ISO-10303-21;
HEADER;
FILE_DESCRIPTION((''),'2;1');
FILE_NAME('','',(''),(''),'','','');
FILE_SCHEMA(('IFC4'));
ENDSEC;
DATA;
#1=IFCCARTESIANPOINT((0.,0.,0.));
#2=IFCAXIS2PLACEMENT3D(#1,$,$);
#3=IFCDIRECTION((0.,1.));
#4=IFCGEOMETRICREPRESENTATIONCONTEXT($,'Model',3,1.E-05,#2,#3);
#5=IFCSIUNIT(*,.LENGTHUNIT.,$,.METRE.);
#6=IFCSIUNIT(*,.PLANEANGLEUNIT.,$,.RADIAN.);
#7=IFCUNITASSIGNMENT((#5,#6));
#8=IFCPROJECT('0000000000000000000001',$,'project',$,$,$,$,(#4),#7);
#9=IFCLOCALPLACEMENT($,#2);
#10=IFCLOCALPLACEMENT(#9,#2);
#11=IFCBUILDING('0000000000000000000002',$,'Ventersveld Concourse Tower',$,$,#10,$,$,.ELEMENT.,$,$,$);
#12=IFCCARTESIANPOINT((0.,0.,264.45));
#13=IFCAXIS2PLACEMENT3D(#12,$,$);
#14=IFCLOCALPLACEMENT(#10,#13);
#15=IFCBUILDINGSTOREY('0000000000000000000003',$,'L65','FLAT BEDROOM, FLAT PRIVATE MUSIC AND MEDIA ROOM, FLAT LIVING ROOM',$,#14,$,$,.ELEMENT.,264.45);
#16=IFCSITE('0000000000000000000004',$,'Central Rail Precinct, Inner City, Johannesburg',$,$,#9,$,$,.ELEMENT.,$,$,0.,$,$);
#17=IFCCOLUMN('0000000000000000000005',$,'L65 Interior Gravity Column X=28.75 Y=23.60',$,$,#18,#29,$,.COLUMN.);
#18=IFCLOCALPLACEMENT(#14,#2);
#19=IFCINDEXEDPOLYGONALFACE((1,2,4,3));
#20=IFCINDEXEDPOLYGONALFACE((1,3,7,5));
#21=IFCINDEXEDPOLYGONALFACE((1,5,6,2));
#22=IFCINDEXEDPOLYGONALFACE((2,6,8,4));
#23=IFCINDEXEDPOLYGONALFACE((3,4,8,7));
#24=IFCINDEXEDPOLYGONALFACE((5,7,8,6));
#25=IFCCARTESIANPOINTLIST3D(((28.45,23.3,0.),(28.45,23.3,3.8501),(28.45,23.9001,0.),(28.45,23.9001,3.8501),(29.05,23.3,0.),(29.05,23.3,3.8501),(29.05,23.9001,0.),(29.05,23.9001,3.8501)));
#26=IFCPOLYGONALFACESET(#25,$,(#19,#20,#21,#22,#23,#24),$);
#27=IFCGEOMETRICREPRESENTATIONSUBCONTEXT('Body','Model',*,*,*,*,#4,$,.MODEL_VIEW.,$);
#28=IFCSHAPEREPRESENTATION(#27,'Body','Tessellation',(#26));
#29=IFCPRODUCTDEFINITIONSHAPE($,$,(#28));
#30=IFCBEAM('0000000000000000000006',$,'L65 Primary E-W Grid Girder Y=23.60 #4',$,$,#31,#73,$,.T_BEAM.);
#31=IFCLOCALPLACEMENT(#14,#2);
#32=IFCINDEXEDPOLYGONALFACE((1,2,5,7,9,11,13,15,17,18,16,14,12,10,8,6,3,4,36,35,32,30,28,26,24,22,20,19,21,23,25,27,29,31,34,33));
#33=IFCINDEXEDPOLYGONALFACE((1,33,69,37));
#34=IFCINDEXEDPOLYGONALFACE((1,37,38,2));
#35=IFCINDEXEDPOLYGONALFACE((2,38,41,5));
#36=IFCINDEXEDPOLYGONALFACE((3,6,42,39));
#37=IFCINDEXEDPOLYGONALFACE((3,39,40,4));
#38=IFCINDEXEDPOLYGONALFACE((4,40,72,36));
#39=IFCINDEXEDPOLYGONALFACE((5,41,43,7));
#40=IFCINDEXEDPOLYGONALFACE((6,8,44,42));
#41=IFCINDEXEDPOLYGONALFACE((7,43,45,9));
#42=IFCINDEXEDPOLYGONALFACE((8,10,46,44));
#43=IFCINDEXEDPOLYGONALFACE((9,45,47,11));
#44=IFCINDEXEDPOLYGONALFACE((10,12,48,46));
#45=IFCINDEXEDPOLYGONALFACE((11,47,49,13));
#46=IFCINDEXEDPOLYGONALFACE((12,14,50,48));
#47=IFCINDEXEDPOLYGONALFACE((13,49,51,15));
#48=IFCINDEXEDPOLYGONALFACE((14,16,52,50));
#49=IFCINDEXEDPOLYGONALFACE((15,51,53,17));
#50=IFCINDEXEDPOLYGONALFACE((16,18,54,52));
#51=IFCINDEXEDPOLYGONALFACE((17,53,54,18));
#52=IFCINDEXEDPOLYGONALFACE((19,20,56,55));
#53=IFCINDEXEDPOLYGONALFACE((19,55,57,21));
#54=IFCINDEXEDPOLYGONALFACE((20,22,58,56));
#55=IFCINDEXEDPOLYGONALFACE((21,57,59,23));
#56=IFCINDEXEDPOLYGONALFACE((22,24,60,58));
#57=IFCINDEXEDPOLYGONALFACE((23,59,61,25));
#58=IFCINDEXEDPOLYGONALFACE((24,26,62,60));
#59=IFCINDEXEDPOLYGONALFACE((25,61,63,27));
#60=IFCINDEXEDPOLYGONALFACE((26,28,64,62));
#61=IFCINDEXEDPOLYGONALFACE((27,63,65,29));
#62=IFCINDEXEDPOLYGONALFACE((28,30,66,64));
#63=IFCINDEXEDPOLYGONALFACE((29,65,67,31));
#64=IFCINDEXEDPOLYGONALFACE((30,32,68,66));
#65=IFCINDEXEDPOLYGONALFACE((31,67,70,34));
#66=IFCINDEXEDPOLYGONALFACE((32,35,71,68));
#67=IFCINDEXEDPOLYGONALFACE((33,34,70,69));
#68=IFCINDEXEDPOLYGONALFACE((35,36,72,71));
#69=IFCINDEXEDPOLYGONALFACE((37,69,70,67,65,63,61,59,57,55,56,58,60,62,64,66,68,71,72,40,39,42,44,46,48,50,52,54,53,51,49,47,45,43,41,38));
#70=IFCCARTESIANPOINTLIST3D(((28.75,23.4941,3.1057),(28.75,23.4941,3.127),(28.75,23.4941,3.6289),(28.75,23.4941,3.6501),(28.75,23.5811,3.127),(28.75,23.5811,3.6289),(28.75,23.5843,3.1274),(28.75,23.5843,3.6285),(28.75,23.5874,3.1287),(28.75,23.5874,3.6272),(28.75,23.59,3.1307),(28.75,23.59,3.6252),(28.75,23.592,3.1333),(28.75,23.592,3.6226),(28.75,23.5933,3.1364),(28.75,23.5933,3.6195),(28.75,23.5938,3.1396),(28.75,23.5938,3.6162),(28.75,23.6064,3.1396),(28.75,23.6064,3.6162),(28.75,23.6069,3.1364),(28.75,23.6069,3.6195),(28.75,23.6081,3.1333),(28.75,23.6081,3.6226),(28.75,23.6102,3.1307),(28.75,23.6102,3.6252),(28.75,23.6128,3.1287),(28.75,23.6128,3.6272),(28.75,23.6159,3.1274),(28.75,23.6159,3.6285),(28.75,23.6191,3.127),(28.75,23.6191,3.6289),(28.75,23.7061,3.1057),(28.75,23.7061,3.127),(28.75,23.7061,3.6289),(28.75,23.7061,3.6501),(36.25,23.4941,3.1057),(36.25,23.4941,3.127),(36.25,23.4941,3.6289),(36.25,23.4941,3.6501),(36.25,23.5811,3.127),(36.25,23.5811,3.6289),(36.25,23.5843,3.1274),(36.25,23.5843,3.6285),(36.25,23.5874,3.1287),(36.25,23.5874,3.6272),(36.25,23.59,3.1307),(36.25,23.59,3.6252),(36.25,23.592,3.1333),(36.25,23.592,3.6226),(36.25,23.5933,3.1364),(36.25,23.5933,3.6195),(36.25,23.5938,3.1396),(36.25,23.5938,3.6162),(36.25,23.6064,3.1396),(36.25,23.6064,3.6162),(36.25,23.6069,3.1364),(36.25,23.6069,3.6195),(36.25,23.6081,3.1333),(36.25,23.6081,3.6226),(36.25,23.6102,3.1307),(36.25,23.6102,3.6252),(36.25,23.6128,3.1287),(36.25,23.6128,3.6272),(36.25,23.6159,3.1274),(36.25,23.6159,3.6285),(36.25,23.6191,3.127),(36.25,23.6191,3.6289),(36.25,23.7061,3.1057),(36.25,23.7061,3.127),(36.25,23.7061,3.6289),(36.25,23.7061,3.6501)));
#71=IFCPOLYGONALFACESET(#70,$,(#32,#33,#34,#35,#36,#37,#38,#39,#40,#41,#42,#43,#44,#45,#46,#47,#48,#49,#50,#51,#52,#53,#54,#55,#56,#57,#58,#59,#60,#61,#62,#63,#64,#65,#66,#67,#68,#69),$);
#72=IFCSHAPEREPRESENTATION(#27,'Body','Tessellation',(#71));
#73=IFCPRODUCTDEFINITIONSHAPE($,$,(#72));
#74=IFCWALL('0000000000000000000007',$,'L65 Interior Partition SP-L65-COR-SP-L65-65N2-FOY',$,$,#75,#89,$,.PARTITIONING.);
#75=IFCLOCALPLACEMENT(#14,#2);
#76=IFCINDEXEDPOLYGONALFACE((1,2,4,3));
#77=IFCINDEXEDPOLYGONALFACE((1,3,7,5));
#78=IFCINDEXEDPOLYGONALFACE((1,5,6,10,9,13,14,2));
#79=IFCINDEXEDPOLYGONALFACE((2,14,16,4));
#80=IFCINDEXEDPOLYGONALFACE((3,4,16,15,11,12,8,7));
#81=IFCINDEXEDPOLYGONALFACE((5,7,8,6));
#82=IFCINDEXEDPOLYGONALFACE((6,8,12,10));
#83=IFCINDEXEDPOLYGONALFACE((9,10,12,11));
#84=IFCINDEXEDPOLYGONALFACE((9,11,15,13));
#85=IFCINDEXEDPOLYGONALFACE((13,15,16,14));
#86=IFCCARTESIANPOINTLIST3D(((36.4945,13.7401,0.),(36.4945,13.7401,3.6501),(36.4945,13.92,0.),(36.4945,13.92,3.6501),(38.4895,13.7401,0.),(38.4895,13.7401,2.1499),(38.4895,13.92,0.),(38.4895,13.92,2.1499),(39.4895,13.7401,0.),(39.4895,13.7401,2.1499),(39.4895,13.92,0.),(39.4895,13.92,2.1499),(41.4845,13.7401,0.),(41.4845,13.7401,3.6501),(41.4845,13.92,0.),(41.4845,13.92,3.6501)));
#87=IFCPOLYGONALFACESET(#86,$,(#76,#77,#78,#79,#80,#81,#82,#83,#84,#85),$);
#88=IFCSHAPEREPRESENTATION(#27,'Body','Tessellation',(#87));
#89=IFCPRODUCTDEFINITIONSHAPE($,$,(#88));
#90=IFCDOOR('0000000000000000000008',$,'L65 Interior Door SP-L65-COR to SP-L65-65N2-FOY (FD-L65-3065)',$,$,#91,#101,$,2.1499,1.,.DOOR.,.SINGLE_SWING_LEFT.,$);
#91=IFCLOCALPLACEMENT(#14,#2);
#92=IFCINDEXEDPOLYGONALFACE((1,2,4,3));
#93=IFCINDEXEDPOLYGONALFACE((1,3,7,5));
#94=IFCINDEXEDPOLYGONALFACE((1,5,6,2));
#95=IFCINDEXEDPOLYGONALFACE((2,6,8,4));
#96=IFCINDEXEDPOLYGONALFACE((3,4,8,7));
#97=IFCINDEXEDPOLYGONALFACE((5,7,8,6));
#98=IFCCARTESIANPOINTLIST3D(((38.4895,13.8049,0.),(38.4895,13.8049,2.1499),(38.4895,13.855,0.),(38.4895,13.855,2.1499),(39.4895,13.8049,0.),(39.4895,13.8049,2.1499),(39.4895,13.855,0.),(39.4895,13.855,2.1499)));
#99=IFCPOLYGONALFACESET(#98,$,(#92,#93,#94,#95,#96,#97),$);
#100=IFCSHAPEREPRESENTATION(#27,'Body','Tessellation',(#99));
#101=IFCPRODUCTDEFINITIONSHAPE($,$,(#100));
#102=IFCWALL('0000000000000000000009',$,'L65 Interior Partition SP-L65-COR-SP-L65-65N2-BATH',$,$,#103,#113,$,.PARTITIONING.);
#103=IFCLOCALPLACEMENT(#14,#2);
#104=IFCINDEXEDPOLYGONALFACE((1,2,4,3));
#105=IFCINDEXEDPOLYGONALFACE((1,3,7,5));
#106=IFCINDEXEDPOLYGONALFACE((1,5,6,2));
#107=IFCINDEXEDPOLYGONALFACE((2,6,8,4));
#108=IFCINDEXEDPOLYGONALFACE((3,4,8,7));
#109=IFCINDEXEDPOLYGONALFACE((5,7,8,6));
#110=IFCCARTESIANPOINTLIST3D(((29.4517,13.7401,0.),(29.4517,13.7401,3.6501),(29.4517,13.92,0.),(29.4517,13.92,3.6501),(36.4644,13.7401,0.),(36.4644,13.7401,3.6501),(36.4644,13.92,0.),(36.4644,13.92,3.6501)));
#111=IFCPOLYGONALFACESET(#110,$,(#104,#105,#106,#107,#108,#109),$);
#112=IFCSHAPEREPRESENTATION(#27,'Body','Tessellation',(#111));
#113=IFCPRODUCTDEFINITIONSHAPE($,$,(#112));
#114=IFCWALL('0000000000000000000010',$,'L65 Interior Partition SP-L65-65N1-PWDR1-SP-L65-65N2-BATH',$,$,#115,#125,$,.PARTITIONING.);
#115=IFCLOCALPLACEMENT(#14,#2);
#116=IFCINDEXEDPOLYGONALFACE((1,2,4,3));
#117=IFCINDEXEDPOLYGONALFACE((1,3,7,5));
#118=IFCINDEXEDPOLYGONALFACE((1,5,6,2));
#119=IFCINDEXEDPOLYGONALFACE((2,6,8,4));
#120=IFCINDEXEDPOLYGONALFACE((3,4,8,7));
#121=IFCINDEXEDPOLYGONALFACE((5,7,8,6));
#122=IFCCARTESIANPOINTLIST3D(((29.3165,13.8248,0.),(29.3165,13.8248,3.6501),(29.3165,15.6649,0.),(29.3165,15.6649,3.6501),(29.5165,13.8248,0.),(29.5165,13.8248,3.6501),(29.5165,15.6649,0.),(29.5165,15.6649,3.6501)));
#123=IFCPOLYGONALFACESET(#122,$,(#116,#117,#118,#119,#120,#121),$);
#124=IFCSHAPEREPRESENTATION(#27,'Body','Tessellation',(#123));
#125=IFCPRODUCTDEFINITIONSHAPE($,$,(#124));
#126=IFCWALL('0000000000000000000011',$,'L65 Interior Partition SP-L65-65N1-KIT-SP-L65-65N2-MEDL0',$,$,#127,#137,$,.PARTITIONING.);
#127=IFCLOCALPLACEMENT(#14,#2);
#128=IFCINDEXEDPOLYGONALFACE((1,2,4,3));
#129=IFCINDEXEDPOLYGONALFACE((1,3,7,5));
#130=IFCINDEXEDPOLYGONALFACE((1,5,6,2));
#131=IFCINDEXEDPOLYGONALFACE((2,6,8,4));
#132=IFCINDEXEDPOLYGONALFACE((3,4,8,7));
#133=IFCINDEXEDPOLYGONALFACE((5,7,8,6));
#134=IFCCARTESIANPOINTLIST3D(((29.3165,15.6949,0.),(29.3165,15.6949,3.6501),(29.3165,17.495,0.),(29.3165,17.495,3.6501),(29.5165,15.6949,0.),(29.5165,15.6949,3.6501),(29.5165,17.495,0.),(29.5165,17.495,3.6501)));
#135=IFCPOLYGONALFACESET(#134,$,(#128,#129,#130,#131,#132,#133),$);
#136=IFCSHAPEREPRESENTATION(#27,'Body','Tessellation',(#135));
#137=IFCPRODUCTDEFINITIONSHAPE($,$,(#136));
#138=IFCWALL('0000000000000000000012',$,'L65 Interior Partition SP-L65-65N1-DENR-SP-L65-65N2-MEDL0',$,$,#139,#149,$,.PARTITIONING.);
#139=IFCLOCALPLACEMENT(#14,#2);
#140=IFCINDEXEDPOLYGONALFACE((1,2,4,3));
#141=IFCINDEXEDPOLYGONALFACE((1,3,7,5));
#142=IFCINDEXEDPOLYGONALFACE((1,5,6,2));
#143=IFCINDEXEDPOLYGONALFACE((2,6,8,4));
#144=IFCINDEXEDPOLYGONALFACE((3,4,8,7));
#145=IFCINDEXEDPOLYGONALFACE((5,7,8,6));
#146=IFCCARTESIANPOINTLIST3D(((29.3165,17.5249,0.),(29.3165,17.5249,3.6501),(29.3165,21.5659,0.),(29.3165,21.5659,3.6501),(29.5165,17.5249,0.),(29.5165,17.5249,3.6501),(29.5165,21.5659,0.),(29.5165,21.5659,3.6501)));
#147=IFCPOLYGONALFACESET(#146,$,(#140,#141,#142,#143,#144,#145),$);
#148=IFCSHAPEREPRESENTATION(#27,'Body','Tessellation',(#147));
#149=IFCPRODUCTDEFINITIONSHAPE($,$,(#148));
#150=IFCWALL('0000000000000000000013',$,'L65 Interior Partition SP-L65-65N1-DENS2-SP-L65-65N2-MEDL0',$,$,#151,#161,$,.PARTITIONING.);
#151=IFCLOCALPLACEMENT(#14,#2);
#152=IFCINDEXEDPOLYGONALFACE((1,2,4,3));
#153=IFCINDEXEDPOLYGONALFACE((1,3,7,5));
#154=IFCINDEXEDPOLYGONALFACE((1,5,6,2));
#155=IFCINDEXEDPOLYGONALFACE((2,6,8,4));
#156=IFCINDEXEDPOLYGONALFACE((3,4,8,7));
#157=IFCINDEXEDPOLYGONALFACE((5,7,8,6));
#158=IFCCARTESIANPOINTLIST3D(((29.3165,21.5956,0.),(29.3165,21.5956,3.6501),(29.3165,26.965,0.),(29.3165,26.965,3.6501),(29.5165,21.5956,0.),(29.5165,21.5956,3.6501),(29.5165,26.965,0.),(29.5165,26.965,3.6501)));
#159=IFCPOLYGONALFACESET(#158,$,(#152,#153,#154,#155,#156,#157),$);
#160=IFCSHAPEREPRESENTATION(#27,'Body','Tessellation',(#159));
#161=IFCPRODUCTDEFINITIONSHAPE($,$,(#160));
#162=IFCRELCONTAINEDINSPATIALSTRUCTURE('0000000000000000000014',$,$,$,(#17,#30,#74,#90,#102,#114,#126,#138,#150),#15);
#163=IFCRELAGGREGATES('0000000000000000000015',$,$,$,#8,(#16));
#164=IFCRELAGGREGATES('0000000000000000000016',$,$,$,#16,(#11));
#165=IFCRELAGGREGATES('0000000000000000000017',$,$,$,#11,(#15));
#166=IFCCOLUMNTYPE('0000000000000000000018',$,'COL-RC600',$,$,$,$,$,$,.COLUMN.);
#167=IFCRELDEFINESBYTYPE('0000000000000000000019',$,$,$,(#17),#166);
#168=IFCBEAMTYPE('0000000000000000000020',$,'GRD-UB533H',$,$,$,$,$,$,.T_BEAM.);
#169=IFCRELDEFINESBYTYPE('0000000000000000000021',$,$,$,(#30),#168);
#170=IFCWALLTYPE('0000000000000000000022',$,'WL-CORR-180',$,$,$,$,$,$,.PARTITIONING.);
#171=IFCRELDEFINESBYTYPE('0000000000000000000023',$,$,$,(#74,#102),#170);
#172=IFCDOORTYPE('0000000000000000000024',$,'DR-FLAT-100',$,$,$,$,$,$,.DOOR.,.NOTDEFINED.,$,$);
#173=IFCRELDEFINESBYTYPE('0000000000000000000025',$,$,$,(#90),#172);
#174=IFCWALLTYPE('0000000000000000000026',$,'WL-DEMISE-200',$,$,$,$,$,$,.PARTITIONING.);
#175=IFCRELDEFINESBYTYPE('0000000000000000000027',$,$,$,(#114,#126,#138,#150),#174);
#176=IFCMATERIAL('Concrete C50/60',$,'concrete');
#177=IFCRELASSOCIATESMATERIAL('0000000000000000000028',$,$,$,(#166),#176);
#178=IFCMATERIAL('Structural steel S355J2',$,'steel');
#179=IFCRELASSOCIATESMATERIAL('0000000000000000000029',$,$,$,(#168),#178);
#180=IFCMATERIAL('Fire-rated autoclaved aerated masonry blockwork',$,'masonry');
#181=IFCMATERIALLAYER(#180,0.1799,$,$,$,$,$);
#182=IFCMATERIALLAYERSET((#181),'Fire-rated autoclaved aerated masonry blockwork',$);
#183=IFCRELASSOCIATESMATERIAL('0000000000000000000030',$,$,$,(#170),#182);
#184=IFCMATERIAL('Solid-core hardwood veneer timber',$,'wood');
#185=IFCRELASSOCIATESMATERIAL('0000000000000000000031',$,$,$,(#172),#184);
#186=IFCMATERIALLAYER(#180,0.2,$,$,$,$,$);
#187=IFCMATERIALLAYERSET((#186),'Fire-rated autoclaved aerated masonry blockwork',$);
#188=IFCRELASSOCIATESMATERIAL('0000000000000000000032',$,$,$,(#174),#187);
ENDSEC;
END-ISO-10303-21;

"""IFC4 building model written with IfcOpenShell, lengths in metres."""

from ifc_helpers import new_model, si_unit, direction, frame, frame_2d, origin, origin_2d, place, context, subcontext, project, spatial, rectangle, i_section, extrude, material, layer, layer_set, material_profile, profile_set, type_object, element, fill, save


model = new_model("IFC4")

# Units and contexts
model_context = context("Model", 3, precision=1e-05, world=origin(), true_north=direction((0.0, 1.0)))
body_context = subcontext(model_context, "Body", "Model", "MODEL_VIEW")
ifc_project = project(units=[si_unit("LENGTHUNIT", "METRE"), si_unit("PLANEANGLEUNIT", "RADIAN")], contexts=[model_context])

# Site, building, storey
site_placement = place(None, origin())
site = spatial("IfcSite", under=ifc_project, at=site_placement, Name="Central Rail Precinct, Inner City, Johannesburg", CompositionType="ELEMENT", RefElevation=0.0)
building_placement = place(site_placement, origin())
building = spatial("IfcBuilding", under=site, at=building_placement, Name="Ventersveld Concourse Tower", CompositionType="ELEMENT")
storey_placement = place(building_placement, frame((0.0, 0.0, 264.45)))
storey = spatial("IfcBuildingStorey", under=building, at=storey_placement, Name="L65", Description="FLAT BEDROOM, FLAT PRIVATE MUSIC AND MEDIA ROOM, FLAT LIVING ROOM", CompositionType="ELEMENT", Elevation=264.45)

# Column
ifc_material_1 = material(Name="Concrete C50/60", Category="concrete")
ifc_material_profile_1 = material_profile(ifc_material_1, rectangle(XDim=0.6001, YDim=0.6001, at=origin_2d()), Name="RC 600x600")
ifc_profile_set_1 = profile_set([ifc_material_profile_1], Name="Concrete C50/60")
column_type = type_object("IfcColumnType", Name="COL-RC600", PredefinedType="COLUMN", material=ifc_profile_set_1)
column_placement = place(storey_placement, frame((28.75, 23.6001, 0.0), z_axis=(0.0, 0.0, 1.0), x_axis=(1.0, 0.0, 0.0)))
element("IfcColumn", 1, at=column_placement, inside=storey, type_object=column_type, Name="L65 Interior Gravity Column X=28.75 Y=23.60", PredefinedType="COLUMN", context=body_context, shape_type="SweptSolid", body=[
    extrude(rectangle(XDim=0.6001, YDim=0.6001, at=origin_2d()), origin(), (0.0, 0.0, 1.0), 3.8501),
])

# Beam
ifc_material_2 = material(Name="Structural steel S355J2", Category="steel")
ifc_material_profile_2 = material_profile(ifc_material_2, i_section(OverallWidth=0.2119, OverallDepth=0.5444, WebThickness=0.0127, FlangeThickness=0.0212, FilletRadius=0.0127, at=origin_2d()), Name="UB 533x210x122")
ifc_profile_set_2 = profile_set([ifc_material_profile_2], Name="Structural steel S355J2")
beam_type = type_object("IfcBeamType", Name="GRD-UB533H", PredefinedType="T_BEAM", material=ifc_profile_set_2)
beam_placement = place(storey_placement, frame((28.75, 23.6001, 3.3779), z_axis=(1.0, 0.0, 0.0), x_axis=(0.0, 1.0, 0.0)))
element("IfcBeam", 2, at=beam_placement, inside=storey, type_object=beam_type, Name="L65 Primary E-W Grid Girder Y=23.60 #4", PredefinedType="T_BEAM", context=body_context, shape_type="SweptSolid", body=[
    extrude(i_section(OverallWidth=0.2119, OverallDepth=0.5444, WebThickness=0.0127, FlangeThickness=0.0212, FilletRadius=0.0127, at=origin_2d()), origin(), (0.0, 0.0, 1.0), 7.5),
])

# Wall, opening, door
ifc_material_3 = material(Name="Fire-rated autoclaved aerated masonry blockwork", Category="masonry")
ifc_layer_1 = layer(ifc_material_3, 0.1799)
ifc_layer_set_1 = layer_set([ifc_layer_1], Name="Fire-rated autoclaved aerated masonry blockwork")
wall_type_1 = type_object("IfcWallType", Name="WL-CORR-180", PredefinedType="PARTITIONING", material=ifc_layer_set_1)
wall_1_placement = place(storey_placement, frame((36.4944, 13.8301, 0.0), z_axis=(0.0, 0.0, 1.0), x_axis=(1.0, 0.0, 0.0)))
wall_1 = element("IfcWall", 3, at=wall_1_placement, inside=storey, type_object=wall_type_1, Name="L65 Interior Partition SP-L65-COR-SP-L65-65N2-FOY", PredefinedType="PARTITIONING", context=body_context, shape_type="SweptSolid", body=[
    extrude(rectangle(XDim=4.99, YDim=0.1799, at=frame_2d((2.4951, 0.0))), origin(), (0.0, 0.0, 1.0), 3.6501),
])
opening_1_placement = place(wall_1_placement, frame((1.9951, 0.0, 0.0)))
opening_1 = element("IfcOpeningElement", 4, at=opening_1_placement, cuts=wall_1, PredefinedType="OPENING", context=body_context, shape_type="SweptSolid", body=[
    extrude(rectangle(XDim=1.0, YDim=2.1499, at=frame_2d((0.5, 1.075))), frame((0.0, 0.1001, 0.0), z_axis=(0.0, -1.0, 0.0), x_axis=(1.0, 0.0, 0.0)), (0.0, 0.0, 1.0), 0.2),
])
ifc_material_4 = material(Name="Solid-core hardwood veneer timber", Category="wood")
door_type_1 = type_object("IfcDoorType", Name="DR-FLAT-100", OperationType="NOTDEFINED", PredefinedType="DOOR", material=ifc_material_4)
door_1_placement = place(opening_1_placement, origin())
door_1 = element("IfcDoor", 5, at=door_1_placement, inside=storey, type_object=door_type_1, Name="L65 Interior Door SP-L65-COR to SP-L65-65N2-FOY (FD-L65-3065)", OperationType="SINGLE_SWING_LEFT", OverallHeight=2.1499, OverallWidth=1.0, PredefinedType="DOOR", context=body_context, shape_type="SweptSolid", body=[
    extrude(rectangle(XDim=1.0, YDim=2.1499, at=frame_2d((0.5, 1.075))), frame((0.0, 0.0249, 0.0), z_axis=(0.0, -1.0, 0.0), x_axis=(1.0, 0.0, 0.0)), (0.0, 0.0, 1.0), 0.05),
])
fill(opening_1, door_1)

# Walls
wall_2_placement = place(storey_placement, frame((29.4517, 13.8301, 0.0), z_axis=(0.0, 0.0, 1.0), x_axis=(1.0, 0.0, 0.0)))
element("IfcWall", 6, at=wall_2_placement, inside=storey, type_object=wall_type_1, Name="L65 Interior Partition SP-L65-COR-SP-L65-65N2-BATH", PredefinedType="PARTITIONING", context=body_context, shape_type="SweptSolid", body=[
    extrude(rectangle(XDim=7.0127, YDim=0.1799, at=frame_2d((3.5063, 0.0))), origin(), (0.0, 0.0, 1.0), 3.6501),
])
ifc_layer_2 = layer(ifc_material_3, 0.2)
ifc_layer_set_2 = layer_set([ifc_layer_2], Name="Fire-rated autoclaved aerated masonry blockwork")
wall_type_2 = type_object("IfcWallType", Name="WL-DEMISE-200", PredefinedType="PARTITIONING", material=ifc_layer_set_2)
wall_3_placement = place(storey_placement, frame((29.4165, 13.825, 0.0), z_axis=(0.0, 0.0, 1.0), x_axis=(0.0, 1.0, 0.0)))
element("IfcWall", 7, at=wall_3_placement, inside=storey, type_object=wall_type_2, Name="L65 Interior Partition SP-L65-65N1-PWDR1-SP-L65-65N2-BATH", PredefinedType="PARTITIONING", context=body_context, shape_type="SweptSolid", body=[
    extrude(rectangle(XDim=1.8401, YDim=0.2, at=frame_2d((0.9199, 0.0))), origin(), (0.0, 0.0, 1.0), 3.6501),
])
wall_4_placement = place(storey_placement, frame((29.4165, 15.6951, 0.0), z_axis=(0.0, 0.0, 1.0), x_axis=(0.0, 1.0, 0.0)))
element("IfcWall", 8, at=wall_4_placement, inside=storey, type_object=wall_type_2, Name="L65 Interior Partition SP-L65-65N1-KIT-SP-L65-65N2-MEDL0", PredefinedType="PARTITIONING", context=body_context, shape_type="SweptSolid", body=[
    extrude(rectangle(XDim=1.8, YDim=0.2, at=frame_2d((0.8999, 0.0))), origin(), (0.0, 0.0, 1.0), 3.6501),
])
wall_5_placement = place(storey_placement, frame((29.4165, 17.5249, 0.0), z_axis=(0.0, 0.0, 1.0), x_axis=(0.0, 1.0, 0.0)))
element("IfcWall", 9, at=wall_5_placement, inside=storey, type_object=wall_type_2, Name="L65 Interior Partition SP-L65-65N1-DENR-SP-L65-65N2-MEDL0", PredefinedType="PARTITIONING", context=body_context, shape_type="SweptSolid", body=[
    extrude(rectangle(XDim=4.041, YDim=0.2, at=frame_2d((2.0205, 0.0))), origin(), (0.0, 0.0, 1.0), 3.6501),
])
wall_6_placement = place(storey_placement, frame((29.4165, 21.5957, 0.0), z_axis=(0.0, 0.0, 1.0), x_axis=(0.0, 1.0, 0.0)))
element("IfcWall", 10, at=wall_6_placement, inside=storey, type_object=wall_type_2, Name="L65 Interior Partition SP-L65-65N1-DENS2-SP-L65-65N2-MEDL0", PredefinedType="PARTITIONING", context=body_context, shape_type="SweptSolid", body=[
    extrude(rectangle(XDim=5.3694, YDim=0.2, at=frame_2d((2.6846, 0.0))), origin(), (0.0, 0.0, 1.0), 3.6501),
])

save(model, "model.ifc")
